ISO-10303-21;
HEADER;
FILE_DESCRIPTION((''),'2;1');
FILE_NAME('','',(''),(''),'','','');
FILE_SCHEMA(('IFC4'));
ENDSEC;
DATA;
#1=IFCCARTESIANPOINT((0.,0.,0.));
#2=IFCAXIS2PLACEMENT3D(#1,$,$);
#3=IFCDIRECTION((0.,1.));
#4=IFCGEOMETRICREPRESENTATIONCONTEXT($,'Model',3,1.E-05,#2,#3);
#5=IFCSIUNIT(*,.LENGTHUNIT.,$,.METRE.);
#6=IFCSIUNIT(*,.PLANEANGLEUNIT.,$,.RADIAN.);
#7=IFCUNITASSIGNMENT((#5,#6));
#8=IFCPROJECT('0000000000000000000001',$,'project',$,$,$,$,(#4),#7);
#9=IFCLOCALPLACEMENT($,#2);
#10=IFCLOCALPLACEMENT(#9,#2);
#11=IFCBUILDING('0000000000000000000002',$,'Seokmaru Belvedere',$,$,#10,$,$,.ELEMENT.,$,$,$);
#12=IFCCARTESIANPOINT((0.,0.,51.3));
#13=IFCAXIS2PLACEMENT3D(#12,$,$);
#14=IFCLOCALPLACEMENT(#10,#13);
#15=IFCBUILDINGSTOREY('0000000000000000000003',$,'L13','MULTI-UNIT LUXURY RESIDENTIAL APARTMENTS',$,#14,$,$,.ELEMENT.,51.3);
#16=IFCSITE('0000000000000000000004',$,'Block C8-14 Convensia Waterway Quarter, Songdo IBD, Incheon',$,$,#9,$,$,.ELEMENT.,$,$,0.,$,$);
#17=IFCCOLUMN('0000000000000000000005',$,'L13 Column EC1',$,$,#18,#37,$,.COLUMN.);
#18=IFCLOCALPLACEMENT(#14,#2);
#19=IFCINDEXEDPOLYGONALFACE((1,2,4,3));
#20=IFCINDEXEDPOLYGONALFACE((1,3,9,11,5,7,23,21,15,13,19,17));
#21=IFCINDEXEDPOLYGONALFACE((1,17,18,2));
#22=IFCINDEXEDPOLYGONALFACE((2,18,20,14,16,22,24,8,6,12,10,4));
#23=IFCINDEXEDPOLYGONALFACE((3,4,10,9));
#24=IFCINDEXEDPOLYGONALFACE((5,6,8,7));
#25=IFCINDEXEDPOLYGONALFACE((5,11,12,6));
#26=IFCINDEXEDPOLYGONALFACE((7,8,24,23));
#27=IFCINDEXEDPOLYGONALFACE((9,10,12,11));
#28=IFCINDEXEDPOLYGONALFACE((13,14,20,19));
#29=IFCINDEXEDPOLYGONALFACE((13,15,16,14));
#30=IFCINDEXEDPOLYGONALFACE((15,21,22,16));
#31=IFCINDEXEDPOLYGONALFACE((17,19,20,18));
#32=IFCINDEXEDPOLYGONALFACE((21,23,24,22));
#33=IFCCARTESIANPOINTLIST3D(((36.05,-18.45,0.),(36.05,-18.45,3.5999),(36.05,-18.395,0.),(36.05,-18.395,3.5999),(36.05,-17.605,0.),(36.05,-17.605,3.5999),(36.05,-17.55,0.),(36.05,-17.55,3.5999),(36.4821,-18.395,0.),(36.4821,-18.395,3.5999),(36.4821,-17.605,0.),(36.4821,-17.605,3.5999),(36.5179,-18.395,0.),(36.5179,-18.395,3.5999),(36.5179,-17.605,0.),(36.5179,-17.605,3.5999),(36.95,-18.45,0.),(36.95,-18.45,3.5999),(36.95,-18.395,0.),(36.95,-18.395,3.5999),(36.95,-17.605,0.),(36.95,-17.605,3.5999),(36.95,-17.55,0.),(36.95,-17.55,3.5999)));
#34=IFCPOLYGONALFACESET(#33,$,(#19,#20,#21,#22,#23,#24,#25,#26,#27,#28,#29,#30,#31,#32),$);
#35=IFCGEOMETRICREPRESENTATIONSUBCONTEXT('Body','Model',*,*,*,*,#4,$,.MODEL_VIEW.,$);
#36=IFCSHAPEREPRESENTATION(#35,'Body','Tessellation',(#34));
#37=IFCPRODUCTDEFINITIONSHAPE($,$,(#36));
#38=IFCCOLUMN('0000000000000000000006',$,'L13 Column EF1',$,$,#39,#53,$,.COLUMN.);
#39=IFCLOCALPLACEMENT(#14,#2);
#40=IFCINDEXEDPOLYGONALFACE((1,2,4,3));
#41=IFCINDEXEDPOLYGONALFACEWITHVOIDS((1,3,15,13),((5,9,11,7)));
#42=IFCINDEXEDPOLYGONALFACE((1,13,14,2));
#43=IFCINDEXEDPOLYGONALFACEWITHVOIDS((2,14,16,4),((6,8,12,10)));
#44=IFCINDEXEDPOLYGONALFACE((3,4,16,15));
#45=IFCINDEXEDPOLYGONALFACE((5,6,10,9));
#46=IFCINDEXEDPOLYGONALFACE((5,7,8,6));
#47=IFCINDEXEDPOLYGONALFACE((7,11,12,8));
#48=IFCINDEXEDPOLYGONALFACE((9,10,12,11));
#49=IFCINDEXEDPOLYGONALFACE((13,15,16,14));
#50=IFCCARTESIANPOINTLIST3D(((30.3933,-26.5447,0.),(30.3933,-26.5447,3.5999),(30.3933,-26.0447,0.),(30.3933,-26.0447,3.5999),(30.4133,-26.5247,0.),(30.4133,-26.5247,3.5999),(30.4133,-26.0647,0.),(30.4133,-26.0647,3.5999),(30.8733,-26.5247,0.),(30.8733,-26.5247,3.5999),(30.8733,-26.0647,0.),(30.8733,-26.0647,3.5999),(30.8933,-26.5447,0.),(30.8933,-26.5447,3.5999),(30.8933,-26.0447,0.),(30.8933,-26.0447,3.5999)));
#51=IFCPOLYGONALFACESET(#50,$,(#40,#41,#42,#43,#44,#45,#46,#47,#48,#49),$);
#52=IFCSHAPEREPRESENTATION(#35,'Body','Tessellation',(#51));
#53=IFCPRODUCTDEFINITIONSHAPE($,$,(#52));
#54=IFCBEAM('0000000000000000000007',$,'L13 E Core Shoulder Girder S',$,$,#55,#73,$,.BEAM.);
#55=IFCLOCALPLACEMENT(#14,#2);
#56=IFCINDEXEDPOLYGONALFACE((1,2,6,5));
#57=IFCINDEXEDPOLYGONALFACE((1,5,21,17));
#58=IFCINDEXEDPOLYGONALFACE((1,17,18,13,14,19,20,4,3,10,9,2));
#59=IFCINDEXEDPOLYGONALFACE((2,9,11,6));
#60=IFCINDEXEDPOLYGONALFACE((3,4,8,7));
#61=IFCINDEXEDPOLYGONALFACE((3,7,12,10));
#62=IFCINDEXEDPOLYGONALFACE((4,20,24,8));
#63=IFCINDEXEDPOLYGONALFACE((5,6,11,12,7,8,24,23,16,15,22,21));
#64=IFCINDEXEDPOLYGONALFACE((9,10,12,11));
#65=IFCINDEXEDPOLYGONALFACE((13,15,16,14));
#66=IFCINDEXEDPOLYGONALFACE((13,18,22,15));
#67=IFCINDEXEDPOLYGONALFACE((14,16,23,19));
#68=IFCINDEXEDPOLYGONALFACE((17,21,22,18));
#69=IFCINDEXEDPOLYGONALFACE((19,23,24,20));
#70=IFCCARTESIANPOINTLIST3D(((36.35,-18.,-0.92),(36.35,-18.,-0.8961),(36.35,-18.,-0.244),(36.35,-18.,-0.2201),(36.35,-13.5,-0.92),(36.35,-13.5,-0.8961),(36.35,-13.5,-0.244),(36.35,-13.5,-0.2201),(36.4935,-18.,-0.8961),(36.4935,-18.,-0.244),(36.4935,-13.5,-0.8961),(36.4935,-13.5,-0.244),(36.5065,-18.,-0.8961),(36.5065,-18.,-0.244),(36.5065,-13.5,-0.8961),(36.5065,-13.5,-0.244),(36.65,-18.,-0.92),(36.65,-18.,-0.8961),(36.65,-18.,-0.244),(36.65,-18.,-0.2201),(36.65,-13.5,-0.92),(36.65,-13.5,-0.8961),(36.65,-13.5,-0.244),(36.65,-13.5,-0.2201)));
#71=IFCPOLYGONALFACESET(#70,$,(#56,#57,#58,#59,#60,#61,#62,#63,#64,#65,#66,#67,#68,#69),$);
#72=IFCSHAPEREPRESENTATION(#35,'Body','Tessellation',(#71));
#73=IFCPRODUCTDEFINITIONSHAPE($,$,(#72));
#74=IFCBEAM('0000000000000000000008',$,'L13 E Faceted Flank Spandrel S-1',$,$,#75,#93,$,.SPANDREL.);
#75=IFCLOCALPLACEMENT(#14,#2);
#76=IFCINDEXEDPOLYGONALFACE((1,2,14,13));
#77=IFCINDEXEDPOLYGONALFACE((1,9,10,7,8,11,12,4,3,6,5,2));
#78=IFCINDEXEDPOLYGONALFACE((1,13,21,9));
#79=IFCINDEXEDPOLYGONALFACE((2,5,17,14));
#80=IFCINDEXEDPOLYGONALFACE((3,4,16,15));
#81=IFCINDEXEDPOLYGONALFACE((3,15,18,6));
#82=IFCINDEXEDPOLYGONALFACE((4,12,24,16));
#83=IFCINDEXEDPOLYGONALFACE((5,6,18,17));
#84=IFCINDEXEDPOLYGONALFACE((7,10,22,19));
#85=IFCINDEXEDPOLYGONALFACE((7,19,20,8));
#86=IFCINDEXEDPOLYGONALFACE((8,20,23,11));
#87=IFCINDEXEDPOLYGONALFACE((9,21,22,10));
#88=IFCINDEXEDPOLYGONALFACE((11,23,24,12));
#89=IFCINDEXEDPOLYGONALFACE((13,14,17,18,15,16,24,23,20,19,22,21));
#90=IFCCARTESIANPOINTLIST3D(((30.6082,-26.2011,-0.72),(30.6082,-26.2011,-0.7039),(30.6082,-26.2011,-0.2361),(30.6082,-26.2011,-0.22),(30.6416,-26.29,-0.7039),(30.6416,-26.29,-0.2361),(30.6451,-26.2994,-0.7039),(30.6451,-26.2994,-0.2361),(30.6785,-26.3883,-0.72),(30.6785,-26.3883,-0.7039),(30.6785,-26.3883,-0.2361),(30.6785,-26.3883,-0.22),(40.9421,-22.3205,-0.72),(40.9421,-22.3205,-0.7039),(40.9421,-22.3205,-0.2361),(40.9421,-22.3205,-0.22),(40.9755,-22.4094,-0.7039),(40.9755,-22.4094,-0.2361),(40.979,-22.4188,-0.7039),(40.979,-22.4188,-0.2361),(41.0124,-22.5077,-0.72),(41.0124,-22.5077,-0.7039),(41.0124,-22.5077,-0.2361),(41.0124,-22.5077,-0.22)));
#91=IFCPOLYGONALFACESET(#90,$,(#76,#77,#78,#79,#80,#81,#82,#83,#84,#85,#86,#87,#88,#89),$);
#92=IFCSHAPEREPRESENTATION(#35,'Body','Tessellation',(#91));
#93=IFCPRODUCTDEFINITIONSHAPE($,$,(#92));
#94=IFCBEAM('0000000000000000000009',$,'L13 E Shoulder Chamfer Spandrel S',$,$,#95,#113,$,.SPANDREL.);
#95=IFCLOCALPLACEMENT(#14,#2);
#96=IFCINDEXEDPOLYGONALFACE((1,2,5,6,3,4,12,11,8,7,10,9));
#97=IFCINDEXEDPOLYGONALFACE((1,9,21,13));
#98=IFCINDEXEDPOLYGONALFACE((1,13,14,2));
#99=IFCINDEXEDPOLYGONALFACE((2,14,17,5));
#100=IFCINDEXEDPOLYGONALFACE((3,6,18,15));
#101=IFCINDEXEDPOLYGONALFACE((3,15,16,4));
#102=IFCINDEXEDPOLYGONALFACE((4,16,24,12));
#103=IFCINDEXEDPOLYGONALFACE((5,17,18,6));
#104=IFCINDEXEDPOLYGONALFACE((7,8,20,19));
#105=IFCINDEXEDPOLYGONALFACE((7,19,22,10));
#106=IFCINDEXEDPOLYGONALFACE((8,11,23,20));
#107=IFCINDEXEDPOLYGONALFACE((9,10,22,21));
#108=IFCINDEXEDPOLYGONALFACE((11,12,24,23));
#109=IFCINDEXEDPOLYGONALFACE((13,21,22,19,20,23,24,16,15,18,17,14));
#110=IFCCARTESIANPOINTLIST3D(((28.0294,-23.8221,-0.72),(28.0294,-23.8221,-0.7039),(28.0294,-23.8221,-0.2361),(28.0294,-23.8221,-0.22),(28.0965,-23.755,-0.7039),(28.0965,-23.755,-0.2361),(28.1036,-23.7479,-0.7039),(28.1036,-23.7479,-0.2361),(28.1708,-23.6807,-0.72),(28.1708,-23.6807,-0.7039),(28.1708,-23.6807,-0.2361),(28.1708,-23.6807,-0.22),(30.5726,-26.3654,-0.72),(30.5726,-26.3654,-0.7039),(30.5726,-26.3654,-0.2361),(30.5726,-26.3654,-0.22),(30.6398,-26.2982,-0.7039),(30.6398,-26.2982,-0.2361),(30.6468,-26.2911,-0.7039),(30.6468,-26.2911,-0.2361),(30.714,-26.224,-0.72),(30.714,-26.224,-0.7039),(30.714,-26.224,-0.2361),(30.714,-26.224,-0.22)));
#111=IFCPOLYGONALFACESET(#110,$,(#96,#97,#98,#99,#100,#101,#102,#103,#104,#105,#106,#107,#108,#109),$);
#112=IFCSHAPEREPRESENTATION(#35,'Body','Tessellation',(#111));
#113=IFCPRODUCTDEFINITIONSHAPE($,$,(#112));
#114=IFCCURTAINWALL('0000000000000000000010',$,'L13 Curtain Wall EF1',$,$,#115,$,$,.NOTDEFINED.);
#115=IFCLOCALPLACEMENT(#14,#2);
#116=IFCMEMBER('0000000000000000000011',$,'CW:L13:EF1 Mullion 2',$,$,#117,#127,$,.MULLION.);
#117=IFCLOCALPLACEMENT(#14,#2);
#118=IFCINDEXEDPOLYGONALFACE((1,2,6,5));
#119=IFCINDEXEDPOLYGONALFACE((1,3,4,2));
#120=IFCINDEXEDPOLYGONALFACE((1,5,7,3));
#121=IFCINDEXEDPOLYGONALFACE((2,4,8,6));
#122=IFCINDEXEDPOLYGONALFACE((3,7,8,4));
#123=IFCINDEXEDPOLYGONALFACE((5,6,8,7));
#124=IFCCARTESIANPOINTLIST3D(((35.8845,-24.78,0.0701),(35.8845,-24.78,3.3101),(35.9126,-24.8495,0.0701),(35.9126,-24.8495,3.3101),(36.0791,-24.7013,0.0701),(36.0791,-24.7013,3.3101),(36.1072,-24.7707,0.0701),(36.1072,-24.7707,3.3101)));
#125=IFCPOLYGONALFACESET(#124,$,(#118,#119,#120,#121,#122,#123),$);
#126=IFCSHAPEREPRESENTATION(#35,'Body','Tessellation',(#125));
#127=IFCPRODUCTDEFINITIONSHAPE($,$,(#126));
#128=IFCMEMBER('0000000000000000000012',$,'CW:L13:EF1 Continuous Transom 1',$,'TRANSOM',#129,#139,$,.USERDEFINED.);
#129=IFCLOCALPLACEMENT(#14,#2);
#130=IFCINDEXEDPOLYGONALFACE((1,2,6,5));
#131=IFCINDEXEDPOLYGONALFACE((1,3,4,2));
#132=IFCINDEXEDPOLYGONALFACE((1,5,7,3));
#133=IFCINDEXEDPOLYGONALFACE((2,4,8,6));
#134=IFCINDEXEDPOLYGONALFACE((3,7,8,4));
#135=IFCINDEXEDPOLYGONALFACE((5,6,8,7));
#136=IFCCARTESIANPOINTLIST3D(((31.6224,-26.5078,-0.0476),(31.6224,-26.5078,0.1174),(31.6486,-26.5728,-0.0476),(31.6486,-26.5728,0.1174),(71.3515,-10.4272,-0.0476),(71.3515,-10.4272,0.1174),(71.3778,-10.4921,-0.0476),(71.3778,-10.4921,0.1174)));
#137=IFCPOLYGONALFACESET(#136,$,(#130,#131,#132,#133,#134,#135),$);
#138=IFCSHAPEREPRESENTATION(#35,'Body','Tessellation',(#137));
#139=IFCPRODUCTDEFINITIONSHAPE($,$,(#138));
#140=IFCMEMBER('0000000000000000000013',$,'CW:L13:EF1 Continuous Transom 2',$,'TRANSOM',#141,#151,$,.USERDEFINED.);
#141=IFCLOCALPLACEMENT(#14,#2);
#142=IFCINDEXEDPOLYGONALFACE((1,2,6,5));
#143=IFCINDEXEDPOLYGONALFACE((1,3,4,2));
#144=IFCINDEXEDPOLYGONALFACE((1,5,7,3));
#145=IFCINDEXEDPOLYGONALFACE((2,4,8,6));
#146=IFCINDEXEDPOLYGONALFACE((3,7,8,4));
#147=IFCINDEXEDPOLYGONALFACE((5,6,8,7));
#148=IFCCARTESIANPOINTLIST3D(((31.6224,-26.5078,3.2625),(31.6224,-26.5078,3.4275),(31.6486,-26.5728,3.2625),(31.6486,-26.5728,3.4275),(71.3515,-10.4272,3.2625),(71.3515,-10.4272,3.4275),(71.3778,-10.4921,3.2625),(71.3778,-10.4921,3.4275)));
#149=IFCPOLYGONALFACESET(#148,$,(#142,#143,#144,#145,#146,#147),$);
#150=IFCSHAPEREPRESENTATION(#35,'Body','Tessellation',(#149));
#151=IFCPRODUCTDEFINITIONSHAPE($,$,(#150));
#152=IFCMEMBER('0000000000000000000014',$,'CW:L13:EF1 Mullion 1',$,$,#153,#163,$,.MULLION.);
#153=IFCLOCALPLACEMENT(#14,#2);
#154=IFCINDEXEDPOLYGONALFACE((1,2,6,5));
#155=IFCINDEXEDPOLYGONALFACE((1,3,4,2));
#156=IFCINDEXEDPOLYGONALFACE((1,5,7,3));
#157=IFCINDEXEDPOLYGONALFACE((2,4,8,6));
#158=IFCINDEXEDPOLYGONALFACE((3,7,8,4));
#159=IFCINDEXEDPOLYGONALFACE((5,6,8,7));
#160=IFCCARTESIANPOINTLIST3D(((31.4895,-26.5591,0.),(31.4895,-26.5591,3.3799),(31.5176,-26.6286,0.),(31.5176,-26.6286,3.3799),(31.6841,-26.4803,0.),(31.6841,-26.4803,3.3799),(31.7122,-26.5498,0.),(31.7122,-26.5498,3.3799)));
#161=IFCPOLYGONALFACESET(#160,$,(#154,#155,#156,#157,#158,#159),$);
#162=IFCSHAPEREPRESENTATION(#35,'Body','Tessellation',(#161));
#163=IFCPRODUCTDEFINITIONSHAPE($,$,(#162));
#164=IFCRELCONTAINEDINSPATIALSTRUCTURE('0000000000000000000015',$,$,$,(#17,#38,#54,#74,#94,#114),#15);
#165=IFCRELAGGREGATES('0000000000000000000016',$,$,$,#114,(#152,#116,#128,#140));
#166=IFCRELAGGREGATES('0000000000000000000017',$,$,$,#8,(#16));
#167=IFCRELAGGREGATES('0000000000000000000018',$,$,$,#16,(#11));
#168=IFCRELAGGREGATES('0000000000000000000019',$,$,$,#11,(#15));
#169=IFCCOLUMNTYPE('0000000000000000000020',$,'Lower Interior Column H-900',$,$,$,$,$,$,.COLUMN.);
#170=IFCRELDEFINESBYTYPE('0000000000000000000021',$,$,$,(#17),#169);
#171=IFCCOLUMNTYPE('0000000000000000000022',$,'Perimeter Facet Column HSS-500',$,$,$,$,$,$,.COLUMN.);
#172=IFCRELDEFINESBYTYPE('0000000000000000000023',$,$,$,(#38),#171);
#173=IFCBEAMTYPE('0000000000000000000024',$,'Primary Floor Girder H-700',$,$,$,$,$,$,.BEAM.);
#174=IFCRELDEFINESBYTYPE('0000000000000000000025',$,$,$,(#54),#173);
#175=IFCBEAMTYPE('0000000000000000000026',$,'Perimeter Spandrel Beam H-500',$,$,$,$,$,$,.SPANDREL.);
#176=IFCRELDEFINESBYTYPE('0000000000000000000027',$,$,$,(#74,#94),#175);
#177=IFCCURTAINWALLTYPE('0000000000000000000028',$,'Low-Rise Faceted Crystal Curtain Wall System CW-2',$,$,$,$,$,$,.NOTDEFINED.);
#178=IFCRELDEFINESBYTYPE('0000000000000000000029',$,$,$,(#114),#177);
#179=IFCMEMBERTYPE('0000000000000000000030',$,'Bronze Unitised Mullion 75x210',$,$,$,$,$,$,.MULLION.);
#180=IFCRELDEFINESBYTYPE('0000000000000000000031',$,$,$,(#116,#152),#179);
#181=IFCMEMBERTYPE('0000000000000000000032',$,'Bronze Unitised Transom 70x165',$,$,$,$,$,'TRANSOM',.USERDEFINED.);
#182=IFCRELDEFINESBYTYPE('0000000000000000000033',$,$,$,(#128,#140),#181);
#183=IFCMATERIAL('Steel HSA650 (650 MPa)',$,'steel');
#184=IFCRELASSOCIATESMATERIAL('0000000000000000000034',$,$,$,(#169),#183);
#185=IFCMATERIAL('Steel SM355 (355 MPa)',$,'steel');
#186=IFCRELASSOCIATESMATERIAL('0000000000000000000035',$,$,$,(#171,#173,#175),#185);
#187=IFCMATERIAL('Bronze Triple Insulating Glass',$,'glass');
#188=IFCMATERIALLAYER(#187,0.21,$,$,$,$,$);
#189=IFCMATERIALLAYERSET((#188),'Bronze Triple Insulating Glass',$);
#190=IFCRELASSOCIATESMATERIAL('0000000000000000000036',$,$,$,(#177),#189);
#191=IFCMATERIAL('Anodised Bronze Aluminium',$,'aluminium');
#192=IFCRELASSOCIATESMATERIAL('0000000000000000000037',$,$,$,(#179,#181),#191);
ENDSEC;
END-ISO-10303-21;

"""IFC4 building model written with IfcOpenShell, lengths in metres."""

from ifc_helpers import new_model, si_unit, direction, frame, origin, origin_2d, place, context, subcontext, project, spatial, rectangle, hollow_rectangle, i_section, extrude, source, transform, mapped, material, layer, layer_set, material_profile, profile_set, type_object, type_shapes, element, aggregate, save


model = new_model("IFC4")

# Units and contexts
model_context = context("Model", 3, precision=1e-05, world=origin(), true_north=direction((0.0, 1.0)))
body_context = subcontext(model_context, "Body", "Model", "MODEL_VIEW")
ifc_project = project(units=[si_unit("LENGTHUNIT", "METRE"), si_unit("PLANEANGLEUNIT", "RADIAN")], contexts=[model_context])

# Site, building, storey
site_placement = place(None, origin())
site = spatial("IfcSite", under=ifc_project, at=site_placement, Name="Block C8-14 Convensia Waterway Quarter, Songdo IBD, Incheon", CompositionType="ELEMENT", RefElevation=0.0)
building_placement = place(site_placement, origin())
building = spatial("IfcBuilding", under=site, at=building_placement, Name="Seokmaru Belvedere", CompositionType="ELEMENT")
storey_placement = place(building_placement, frame((0.0, 0.0, 51.3)))
storey = spatial("IfcBuildingStorey", under=building, at=storey_placement, Name="L13", Description="MULTI-UNIT LUXURY RESIDENTIAL APARTMENTS", CompositionType="ELEMENT", Elevation=51.3)

# Columns
ifc_material_1 = material(Name="Steel HSA650 (650 MPa)", Category="steel")
ifc_material_profile_1 = material_profile(ifc_material_1, i_section(OverallWidth=0.8999, OverallDepth=0.8999, WebThickness=0.0359, FlangeThickness=0.0549, at=origin_2d()), Name="H-900x900x36x55")
ifc_profile_set_1 = profile_set([ifc_material_profile_1], Name="Steel HSA650 (650 MPa)")
column_type_1 = type_object("IfcColumnType", Name="Lower Interior Column H-900", PredefinedType="COLUMN", material=ifc_profile_set_1)
shared_shape_1 = source(origin(), body_context, "Body", "SweptSolid", [
    extrude(i_section(OverallWidth=0.8999, OverallDepth=0.8999, WebThickness=0.0359, FlangeThickness=0.0549, at=origin_2d()), origin(), (0.0, 0.0, 1.0), 3.5999),
])
type_shapes(column_type_1, [shared_shape_1])
column_1_placement = place(storey_placement, frame((36.5, -18.0, 0.0), z_axis=(0.0, 0.0, 1.0), x_axis=(1.0, 0.0, 0.0)))
element("IfcColumn", 1, at=column_1_placement, inside=storey, type_object=column_type_1, Name="L13 Column EC1", PredefinedType="COLUMN", context=body_context, shape_type="MappedRepresentation", body=[
    mapped(shared_shape_1, transform((0.0, 0.0, 0.0), scale=1.0)),
])
ifc_material_2 = material(Name="Steel SM355 (355 MPa)", Category="steel")
ifc_material_profile_2 = material_profile(ifc_material_2, hollow_rectangle(XDim=0.5, YDim=0.5, WallThickness=0.02, at=origin_2d()), Name="HSS-500x500x20")
ifc_profile_set_2 = profile_set([ifc_material_profile_2], Name="Steel SM355 (355 MPa)")
column_type_2 = type_object("IfcColumnType", Name="Perimeter Facet Column HSS-500", PredefinedType="COLUMN", material=ifc_profile_set_2)
shared_shape_2 = source(origin(), body_context, "Body", "SweptSolid", [
    extrude(hollow_rectangle(XDim=0.5, YDim=0.5, WallThickness=0.02, at=origin_2d()), origin(), (0.0, 0.0, 1.0), 3.5999),
])
type_shapes(column_type_2, [shared_shape_2])
column_2_placement = place(storey_placement, frame((30.6433, -26.2947, 0.0), z_axis=(0.0, 0.0, 1.0), x_axis=(1.0, 0.0, 0.0)))
element("IfcColumn", 2, at=column_2_placement, inside=storey, type_object=column_type_2, Name="L13 Column EF1", PredefinedType="COLUMN", context=body_context, shape_type="MappedRepresentation", body=[
    mapped(shared_shape_2, transform((0.0, 0.0, 0.0), scale=1.0)),
])

# Beams
ifc_material_profile_3 = material_profile(ifc_material_2, i_section(OverallWidth=0.3, OverallDepth=0.7, WebThickness=0.0129, FlangeThickness=0.0239, at=origin_2d()), Name="H-700x300x13x24")
ifc_profile_set_3 = profile_set([ifc_material_profile_3], Name="Steel SM355 (355 MPa)")
beam_type_1 = type_object("IfcBeamType", Name="Primary Floor Girder H-700", PredefinedType="BEAM", material=ifc_profile_set_3)
shared_shape_3 = source(origin(), body_context, "Body", "SweptSolid", [
    extrude(i_section(OverallWidth=0.3, OverallDepth=0.7, WebThickness=0.0129, FlangeThickness=0.0239, at=origin_2d()), origin(), (0.0, 0.0, 1.0), 4.5),
])
type_shapes(beam_type_1, [shared_shape_3])
beam_1_placement = place(storey_placement, frame((36.5, -18.0, -0.5701), z_axis=(0.0, 1.0, 0.0), x_axis=(-1.0, 0.0, 0.0)))
element("IfcBeam", 3, at=beam_1_placement, inside=storey, type_object=beam_type_1, Name="L13 E Core Shoulder Girder S", PredefinedType="BEAM", context=body_context, shape_type="MappedRepresentation", body=[
    mapped(shared_shape_3, transform((0.0, 0.0, 0.0), scale=1.0)),
])
ifc_material_profile_4 = material_profile(ifc_material_2, i_section(OverallWidth=0.2, OverallDepth=0.5, WebThickness=0.01, FlangeThickness=0.0161, at=origin_2d()), Name="H-500x200x10x16")
ifc_profile_set_4 = profile_set([ifc_material_profile_4], Name="Steel SM355 (355 MPa)")
beam_type_2 = type_object("IfcBeamType", Name="Perimeter Spandrel Beam H-500", PredefinedType="SPANDREL", material=ifc_profile_set_4)
shared_shape_4 = source(origin(), body_context, "Body", "SweptSolid", [
    extrude(i_section(OverallWidth=0.2, OverallDepth=0.5, WebThickness=0.01, FlangeThickness=0.0161, at=origin_2d()), origin(), (0.0, 0.0, 1.0), 11.0386),
])
beam_2_placement = place(storey_placement, frame((30.6433, -26.2947, -0.47), z_axis=(0.936169, 0.35155, 0.0), x_axis=(-0.35155, 0.936169, 0.0)))
element("IfcBeam", 4, at=beam_2_placement, inside=storey, type_object=beam_type_2, Name="L13 E Faceted Flank Spandrel S-1", PredefinedType="SPANDREL", context=body_context, shape_type="MappedRepresentation", body=[
    mapped(shared_shape_4, transform((0.0, 0.0, 0.0), scale=1.0)),
])
shared_shape_5 = source(origin(), body_context, "Body", "SweptSolid", [
    extrude(i_section(OverallWidth=0.2, OverallDepth=0.5, WebThickness=0.01, FlangeThickness=0.0161, at=origin_2d()), origin(), (0.0, 0.0, 1.0), 3.5967),
])
type_shapes(beam_type_2, [shared_shape_4, shared_shape_5])
beam_3_placement = place(storey_placement, frame((30.6433, -26.2947, -0.47), z_axis=(-0.707107, 0.707107, 0.0), x_axis=(-0.707107, -0.707107, 0.0)))
element("IfcBeam", 5, at=beam_3_placement, inside=storey, type_object=beam_type_2, Name="L13 E Shoulder Chamfer Spandrel S", PredefinedType="SPANDREL", context=body_context, shape_type="MappedRepresentation", body=[
    mapped(shared_shape_5, transform((0.0, 0.0, 0.0), scale=1.0)),
])

# Curtain wall, members
ifc_material_3 = material(Name="Bronze Triple Insulating Glass", Category="glass")
ifc_layer_1 = layer(ifc_material_3, 0.21)
ifc_layer_set_1 = layer_set([ifc_layer_1], Name="Bronze Triple Insulating Glass")
curtain_wall_type = type_object("IfcCurtainWallType", Name="Low-Rise Faceted Crystal Curtain Wall System CW-2", PredefinedType="NOTDEFINED", material=ifc_layer_set_1)
curtain_wall_1_placement = place(storey_placement, origin())
curtain_wall_1 = element("IfcCurtainWall", 6, at=curtain_wall_1_placement, inside=storey, type_object=curtain_wall_type, Name="L13 Curtain Wall EF1", PredefinedType="NOTDEFINED")
ifc_material_4 = material(Name="Anodised Bronze Aluminium", Category="aluminium")
ifc_material_profile_5 = material_profile(ifc_material_4, rectangle(XDim=0.075, YDim=0.21, at=origin_2d()), Name="CW-M-75x210")
ifc_profile_set_5 = profile_set([ifc_material_profile_5], Name="Anodised Bronze Aluminium")
member_type_1 = type_object("IfcMemberType", Name="Bronze Unitised Mullion 75x210", PredefinedType="MULLION", material=ifc_profile_set_5)
shared_shape_6 = source(origin(), body_context, "Body", "SweptSolid", [
    extrude(rectangle(XDim=0.075, YDim=0.21, at=origin_2d()), origin(), (0.0, 0.0, 1.0), 3.24),
])
member_1_placement = place(storey_placement, frame((35.9958, -24.7754, 0.0701), z_axis=(0.0, 0.0, 1.0), x_axis=(-0.375192, 0.926947, 0.0)))
member_1 = element("IfcMember", 7, at=member_1_placement, type_object=member_type_1, Name="CW:L13:EF1 Mullion 2", PredefinedType="MULLION", context=body_context, shape_type="MappedRepresentation", body=[
    mapped(shared_shape_6, transform((0.0, 0.0, 0.0), scale=1.0)),
])
ifc_material_profile_6 = material_profile(ifc_material_4, rectangle(XDim=0.0701, YDim=0.165, at=origin_2d()), Name="CW-T-70x165")
ifc_profile_set_6 = profile_set([ifc_material_profile_6], Name="Anodised Bronze Aluminium")
member_type_2 = type_object("IfcMemberType", Name="Bronze Unitised Transom 70x165", ElementType="TRANSOM", PredefinedType="USERDEFINED", material=ifc_profile_set_6)
shared_shape_7 = source(origin(), body_context, "Body", "SweptSolid", [
    extrude(rectangle(XDim=0.0701, YDim=0.165, at=origin_2d()), origin(), (0.0, 0.0, 1.0), 42.8601),
])
type_shapes(member_type_2, [shared_shape_7])
member_2_placement = place(storey_placement, frame((31.6355, -26.5403, 0.0349), z_axis=(0.926949, 0.375188, 0.0), x_axis=(-0.375188, 0.926949, 0.0)))
member_2 = element("IfcMember", 8, at=member_2_placement, type_object=member_type_2, Name="CW:L13:EF1 Continuous Transom 1", ObjectType="TRANSOM", PredefinedType="USERDEFINED", context=body_context, shape_type="MappedRepresentation", body=[
    mapped(shared_shape_7, transform((0.0, 0.0, 0.0), scale=1.0)),
])
member_3_placement = place(storey_placement, frame((31.6355, -26.5403, 3.345), z_axis=(0.926949, 0.375188, 0.0), x_axis=(-0.375188, 0.926949, 0.0)))
member_3 = element("IfcMember", 9, at=member_3_placement, type_object=member_type_2, Name="CW:L13:EF1 Continuous Transom 2", ObjectType="TRANSOM", PredefinedType="USERDEFINED", context=body_context, shape_type="MappedRepresentation", body=[
    mapped(shared_shape_7, transform((0.0, 0.0, 0.0), scale=1.0)),
])
shared_shape_8 = source(origin(), body_context, "Body", "SweptSolid", [
    extrude(rectangle(XDim=0.075, YDim=0.21, at=origin_2d()), origin(), (0.0, 0.0, 1.0), 3.3799),
])
type_shapes(member_type_1, [shared_shape_6, shared_shape_8])
member_4_placement = place(storey_placement, frame((31.6008, -26.5544, 0.0), z_axis=(0.0, 0.0, 1.0), x_axis=(-0.375192, 0.926947, 0.0)))
member_4 = element("IfcMember", 10, at=member_4_placement, type_object=member_type_1, Name="CW:L13:EF1 Mullion 1", PredefinedType="MULLION", context=body_context, shape_type="MappedRepresentation", body=[
    mapped(shared_shape_8, transform((0.0, 0.0, 0.0), scale=1.0)),
])

aggregate(curtain_wall_1, [member_4, member_1, member_2, member_3])

save(model, "model.ifc")
